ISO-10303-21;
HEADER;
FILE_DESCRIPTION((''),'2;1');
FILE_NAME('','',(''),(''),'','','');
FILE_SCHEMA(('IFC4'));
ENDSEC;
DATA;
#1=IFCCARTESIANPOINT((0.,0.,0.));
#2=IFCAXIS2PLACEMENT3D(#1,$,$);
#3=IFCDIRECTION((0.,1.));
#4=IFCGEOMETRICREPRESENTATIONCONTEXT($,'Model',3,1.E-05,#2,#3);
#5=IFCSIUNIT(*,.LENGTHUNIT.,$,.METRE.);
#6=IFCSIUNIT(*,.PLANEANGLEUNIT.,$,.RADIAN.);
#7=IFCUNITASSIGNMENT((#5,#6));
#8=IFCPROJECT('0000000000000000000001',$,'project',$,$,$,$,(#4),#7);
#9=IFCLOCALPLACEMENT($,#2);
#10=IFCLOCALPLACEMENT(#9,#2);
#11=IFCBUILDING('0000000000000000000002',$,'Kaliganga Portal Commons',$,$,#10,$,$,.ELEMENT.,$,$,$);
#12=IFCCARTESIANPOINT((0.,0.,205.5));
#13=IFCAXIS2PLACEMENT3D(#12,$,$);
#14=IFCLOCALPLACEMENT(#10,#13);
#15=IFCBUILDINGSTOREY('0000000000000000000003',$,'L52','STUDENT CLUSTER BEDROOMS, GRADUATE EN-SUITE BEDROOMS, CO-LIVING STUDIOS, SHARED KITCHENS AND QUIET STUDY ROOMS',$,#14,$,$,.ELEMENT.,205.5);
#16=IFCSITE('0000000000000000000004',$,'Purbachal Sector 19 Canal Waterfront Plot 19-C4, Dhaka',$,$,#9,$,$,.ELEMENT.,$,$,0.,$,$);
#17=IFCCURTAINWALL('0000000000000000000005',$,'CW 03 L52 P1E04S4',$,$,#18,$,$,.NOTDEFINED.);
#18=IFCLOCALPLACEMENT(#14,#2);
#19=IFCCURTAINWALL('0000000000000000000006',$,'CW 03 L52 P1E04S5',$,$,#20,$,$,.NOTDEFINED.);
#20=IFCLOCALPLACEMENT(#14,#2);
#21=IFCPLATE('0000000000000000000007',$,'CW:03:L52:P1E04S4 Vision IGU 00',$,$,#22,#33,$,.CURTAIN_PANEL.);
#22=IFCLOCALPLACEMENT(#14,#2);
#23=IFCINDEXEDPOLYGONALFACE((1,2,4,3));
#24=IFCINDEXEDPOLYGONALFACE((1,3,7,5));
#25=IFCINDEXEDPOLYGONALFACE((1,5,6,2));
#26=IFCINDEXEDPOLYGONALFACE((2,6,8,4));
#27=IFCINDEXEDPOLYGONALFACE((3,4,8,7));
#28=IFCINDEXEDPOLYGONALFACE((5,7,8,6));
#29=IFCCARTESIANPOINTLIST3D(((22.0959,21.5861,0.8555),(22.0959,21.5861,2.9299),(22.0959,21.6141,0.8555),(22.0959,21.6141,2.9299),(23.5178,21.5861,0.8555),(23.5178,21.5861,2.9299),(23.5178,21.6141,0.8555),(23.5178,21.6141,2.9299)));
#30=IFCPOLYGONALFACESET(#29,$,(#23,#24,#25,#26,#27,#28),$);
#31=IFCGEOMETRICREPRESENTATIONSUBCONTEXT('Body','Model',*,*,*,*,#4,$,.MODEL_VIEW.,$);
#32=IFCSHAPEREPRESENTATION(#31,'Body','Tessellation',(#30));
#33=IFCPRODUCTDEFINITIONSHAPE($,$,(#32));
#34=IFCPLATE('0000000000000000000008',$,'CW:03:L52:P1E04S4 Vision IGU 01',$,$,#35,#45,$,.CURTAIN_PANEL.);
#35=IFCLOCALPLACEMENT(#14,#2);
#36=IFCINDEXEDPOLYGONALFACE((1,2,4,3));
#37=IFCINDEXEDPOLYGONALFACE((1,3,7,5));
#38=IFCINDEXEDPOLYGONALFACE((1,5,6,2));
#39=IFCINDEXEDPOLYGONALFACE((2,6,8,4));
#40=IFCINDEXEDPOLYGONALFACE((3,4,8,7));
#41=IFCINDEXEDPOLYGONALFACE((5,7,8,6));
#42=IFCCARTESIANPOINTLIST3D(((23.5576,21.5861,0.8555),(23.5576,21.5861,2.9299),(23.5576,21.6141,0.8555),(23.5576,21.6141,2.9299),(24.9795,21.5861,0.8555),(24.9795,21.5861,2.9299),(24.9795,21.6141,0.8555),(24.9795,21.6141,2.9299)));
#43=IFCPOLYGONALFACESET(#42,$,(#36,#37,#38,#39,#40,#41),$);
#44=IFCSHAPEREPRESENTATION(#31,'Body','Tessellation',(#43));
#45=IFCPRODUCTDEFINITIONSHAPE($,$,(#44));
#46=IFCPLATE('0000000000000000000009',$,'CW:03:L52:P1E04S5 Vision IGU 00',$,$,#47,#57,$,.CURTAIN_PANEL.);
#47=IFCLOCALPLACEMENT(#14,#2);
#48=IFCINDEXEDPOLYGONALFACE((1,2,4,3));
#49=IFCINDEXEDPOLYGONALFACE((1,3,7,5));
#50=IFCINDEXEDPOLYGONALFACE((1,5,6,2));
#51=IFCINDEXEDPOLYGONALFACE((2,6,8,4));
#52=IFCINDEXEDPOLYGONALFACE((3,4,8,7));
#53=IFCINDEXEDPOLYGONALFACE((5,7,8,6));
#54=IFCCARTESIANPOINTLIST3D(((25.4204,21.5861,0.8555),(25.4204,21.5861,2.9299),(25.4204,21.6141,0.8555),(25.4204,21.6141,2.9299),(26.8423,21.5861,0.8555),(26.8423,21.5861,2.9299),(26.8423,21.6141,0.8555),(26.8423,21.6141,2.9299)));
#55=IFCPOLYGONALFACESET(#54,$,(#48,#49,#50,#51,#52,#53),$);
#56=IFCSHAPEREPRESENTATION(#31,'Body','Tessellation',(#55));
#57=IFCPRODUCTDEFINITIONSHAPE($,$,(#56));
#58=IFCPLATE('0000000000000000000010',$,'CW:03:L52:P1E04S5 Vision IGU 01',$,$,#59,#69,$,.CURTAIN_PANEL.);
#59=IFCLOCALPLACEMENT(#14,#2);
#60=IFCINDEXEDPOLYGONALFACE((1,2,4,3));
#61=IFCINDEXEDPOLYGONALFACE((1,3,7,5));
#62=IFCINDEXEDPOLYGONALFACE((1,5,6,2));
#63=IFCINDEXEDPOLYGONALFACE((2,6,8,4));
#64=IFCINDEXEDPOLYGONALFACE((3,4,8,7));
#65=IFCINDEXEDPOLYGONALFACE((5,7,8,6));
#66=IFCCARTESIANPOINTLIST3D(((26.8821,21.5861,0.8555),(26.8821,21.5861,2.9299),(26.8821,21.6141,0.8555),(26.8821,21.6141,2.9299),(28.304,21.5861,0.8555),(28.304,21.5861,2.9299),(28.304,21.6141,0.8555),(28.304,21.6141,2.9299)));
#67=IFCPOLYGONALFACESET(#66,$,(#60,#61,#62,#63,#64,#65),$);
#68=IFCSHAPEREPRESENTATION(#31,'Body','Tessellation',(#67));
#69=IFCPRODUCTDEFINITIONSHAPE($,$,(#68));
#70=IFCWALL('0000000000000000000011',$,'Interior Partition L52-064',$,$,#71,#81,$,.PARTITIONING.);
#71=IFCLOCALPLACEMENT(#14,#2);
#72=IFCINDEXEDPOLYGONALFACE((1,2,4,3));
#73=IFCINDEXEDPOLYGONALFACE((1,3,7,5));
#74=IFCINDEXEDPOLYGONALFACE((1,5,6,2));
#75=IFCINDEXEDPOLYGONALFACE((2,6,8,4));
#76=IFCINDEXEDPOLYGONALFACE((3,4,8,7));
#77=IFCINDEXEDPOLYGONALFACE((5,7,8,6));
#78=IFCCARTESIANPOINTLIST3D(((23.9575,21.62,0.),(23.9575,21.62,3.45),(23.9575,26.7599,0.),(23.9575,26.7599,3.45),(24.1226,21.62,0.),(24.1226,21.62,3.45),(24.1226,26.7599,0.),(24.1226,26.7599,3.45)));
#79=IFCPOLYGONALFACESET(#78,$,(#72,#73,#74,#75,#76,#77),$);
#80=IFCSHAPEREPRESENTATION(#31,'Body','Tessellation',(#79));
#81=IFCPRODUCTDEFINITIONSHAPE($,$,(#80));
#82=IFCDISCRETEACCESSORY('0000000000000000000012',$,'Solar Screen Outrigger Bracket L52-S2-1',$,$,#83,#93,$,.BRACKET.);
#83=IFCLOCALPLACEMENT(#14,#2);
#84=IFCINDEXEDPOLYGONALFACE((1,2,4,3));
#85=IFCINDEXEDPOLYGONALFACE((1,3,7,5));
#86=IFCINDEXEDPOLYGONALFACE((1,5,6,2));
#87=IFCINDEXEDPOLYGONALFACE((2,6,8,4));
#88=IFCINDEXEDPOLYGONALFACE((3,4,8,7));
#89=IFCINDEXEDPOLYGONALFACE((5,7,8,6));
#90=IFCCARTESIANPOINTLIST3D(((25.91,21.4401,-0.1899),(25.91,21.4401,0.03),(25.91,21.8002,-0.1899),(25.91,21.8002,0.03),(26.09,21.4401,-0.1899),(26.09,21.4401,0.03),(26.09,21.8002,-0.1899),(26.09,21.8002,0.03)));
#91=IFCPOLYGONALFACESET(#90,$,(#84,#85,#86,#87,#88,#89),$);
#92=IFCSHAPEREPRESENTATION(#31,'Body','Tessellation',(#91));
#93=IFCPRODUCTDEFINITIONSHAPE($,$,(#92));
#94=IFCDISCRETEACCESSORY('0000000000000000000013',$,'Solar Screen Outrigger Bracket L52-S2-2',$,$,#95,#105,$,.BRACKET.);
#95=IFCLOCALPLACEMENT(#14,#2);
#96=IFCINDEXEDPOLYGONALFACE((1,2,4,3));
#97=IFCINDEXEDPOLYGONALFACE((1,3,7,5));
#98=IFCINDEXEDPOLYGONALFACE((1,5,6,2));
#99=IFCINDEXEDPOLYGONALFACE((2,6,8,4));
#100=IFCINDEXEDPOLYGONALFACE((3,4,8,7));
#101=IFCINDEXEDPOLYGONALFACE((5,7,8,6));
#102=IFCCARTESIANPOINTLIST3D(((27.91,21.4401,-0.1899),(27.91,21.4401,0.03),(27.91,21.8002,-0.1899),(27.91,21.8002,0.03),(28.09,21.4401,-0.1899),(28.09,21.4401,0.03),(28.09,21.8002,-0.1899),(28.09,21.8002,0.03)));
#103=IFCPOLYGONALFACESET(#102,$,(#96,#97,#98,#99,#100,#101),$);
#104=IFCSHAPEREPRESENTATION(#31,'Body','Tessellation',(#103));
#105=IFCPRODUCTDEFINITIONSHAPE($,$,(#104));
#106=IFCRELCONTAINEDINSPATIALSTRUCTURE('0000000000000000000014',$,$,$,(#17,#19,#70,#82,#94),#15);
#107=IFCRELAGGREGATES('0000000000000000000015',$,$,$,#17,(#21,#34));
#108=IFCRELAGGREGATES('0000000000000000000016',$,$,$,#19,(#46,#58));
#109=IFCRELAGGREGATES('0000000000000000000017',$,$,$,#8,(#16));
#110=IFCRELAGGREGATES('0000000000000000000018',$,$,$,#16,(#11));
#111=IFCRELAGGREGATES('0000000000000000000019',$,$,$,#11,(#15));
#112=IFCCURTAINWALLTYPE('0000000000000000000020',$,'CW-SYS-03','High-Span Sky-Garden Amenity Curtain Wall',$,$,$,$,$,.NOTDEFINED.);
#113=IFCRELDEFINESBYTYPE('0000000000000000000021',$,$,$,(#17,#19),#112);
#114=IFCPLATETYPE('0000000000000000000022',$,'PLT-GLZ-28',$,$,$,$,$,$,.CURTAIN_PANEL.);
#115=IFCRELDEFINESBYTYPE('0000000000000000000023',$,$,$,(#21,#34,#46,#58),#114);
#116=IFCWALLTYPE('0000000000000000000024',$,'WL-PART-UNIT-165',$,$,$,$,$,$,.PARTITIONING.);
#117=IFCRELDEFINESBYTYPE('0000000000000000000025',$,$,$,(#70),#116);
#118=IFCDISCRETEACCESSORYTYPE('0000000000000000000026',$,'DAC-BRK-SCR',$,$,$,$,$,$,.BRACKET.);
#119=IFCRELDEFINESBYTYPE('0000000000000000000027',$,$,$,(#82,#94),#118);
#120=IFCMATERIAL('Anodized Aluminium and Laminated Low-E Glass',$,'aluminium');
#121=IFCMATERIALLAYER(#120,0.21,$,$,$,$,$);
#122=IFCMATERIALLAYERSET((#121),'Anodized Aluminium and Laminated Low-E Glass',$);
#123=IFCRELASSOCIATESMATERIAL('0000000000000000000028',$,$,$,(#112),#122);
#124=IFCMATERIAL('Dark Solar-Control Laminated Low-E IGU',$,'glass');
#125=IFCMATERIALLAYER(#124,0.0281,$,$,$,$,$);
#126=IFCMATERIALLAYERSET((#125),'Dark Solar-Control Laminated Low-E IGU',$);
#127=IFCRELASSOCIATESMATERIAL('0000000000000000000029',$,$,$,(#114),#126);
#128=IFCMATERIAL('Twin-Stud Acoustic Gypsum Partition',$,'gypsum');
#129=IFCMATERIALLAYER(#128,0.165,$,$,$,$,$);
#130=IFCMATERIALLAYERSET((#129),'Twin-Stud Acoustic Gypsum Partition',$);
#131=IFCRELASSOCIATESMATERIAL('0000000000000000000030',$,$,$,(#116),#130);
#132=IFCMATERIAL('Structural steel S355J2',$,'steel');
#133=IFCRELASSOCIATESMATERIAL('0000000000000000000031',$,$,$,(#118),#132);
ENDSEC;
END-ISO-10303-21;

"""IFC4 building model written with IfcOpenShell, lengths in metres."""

from ifc_helpers import new_model, si_unit, direction, frame, frame_2d, origin, origin_2d, place, context, subcontext, project, spatial, rectangle, extrude, source, transform, mapped, material, layer, layer_set, type_object, element, aggregate, save


model = new_model("IFC4")

# Units and contexts
model_context = context("Model", 3, precision=1e-05, world=origin(), true_north=direction((0.0, 1.0)))
body_context = subcontext(model_context, "Body", "Model", "MODEL_VIEW")
ifc_project = project(units=[si_unit("LENGTHUNIT", "METRE"), si_unit("PLANEANGLEUNIT", "RADIAN")], contexts=[model_context])

# Site, building, storey
site_placement = place(None, origin())
site = spatial("IfcSite", under=ifc_project, at=site_placement, Name="Purbachal Sector 19 Canal Waterfront Plot 19-C4, Dhaka", CompositionType="ELEMENT", RefElevation=0.0)
building_placement = place(site_placement, origin())
building = spatial("IfcBuilding", under=site, at=building_placement, Name="Kaliganga Portal Commons", CompositionType="ELEMENT")
storey_placement = place(building_placement, frame((0.0, 0.0, 205.5)))
storey = spatial("IfcBuildingStorey", under=building, at=storey_placement, Name="L52", Description="STUDENT CLUSTER BEDROOMS, GRADUATE EN-SUITE BEDROOMS, CO-LIVING STUDIOS, SHARED KITCHENS AND QUIET STUDY ROOMS", CompositionType="ELEMENT", Elevation=205.5)

# Shared definitions
ifc_material_1 = material(Name="Structural steel S355J2", Category="steel")

# Curtain walls
ifc_material_2 = material(Name="Anodized Aluminium and Laminated Low-E Glass", Category="aluminium")
ifc_layer_1 = layer(ifc_material_2, 0.21)
ifc_layer_set_1 = layer_set([ifc_layer_1], Name="Anodized Aluminium and Laminated Low-E Glass")
curtain_wall_type = type_object("IfcCurtainWallType", Name="CW-SYS-03", Description="High-Span Sky-Garden Amenity Curtain Wall", PredefinedType="NOTDEFINED", material=ifc_layer_set_1)
curtain_wall_1_placement = place(storey_placement, origin())
curtain_wall_1 = element("IfcCurtainWall", 1, at=curtain_wall_1_placement, inside=storey, type_object=curtain_wall_type, Name="CW 03 L52 P1E04S4", PredefinedType="NOTDEFINED")
curtain_wall_2_placement = place(storey_placement, origin())
curtain_wall_2 = element("IfcCurtainWall", 2, at=curtain_wall_2_placement, inside=storey, type_object=curtain_wall_type, Name="CW 03 L52 P1E04S5", PredefinedType="NOTDEFINED")

# Plates
ifc_material_3 = material(Name="Dark Solar-Control Laminated Low-E IGU", Category="glass")
ifc_layer_2 = layer(ifc_material_3, 0.0281)
ifc_layer_set_2 = layer_set([ifc_layer_2], Name="Dark Solar-Control Laminated Low-E IGU")
plate_type_1 = type_object("IfcPlateType", Name="PLT-GLZ-28", PredefinedType="CURTAIN_PANEL", material=ifc_layer_set_2)
shared_shape_1 = source(origin(), body_context, "Body", "SweptSolid", [
    extrude(rectangle(XDim=1.4219, YDim=0.0281, at=origin_2d()), origin(), (0.0, 0.0, 1.0), 2.0745),
])
plate_1_placement = place(storey_placement, frame((22.8069, 21.6001, 0.8555), z_axis=(0.0, 0.0, 1.0), x_axis=(1.0, 0.0, 0.0)))
plate_1 = element("IfcPlate", 3, at=plate_1_placement, type_object=plate_type_1, Name="CW:03:L52:P1E04S4 Vision IGU 00", PredefinedType="CURTAIN_PANEL", context=body_context, shape_type="MappedRepresentation", body=[
    mapped(shared_shape_1, transform((0.0, 0.0, 0.0), x_axis=(1.0, 0.0, 0.0), y_axis=(0.0, 1.0, 0.0), z_axis=(0.0, 0.0, 1.0), scale=1.0)),
])
plate_2_placement = place(storey_placement, frame((24.2686, 21.6001, 0.8555), z_axis=(0.0, 0.0, 1.0), x_axis=(1.0, 0.0, 0.0)))
plate_2 = element("IfcPlate", 4, at=plate_2_placement, type_object=plate_type_1, Name="CW:03:L52:P1E04S4 Vision IGU 01", PredefinedType="CURTAIN_PANEL", context=body_context, shape_type="MappedRepresentation", body=[
    mapped(shared_shape_1, transform((0.0, 0.0, 0.0), x_axis=(1.0, 0.0, 0.0), y_axis=(0.0, 1.0, 0.0), z_axis=(0.0, 0.0, 1.0), scale=1.0)),
])
aggregate(curtain_wall_1, [plate_1, plate_2])
plate_3_placement = place(storey_placement, frame((26.1313, 21.6001, 0.8555), z_axis=(0.0, 0.0, 1.0), x_axis=(1.0, 0.0, 0.0)))
plate_3 = element("IfcPlate", 5, at=plate_3_placement, type_object=plate_type_1, Name="CW:03:L52:P1E04S5 Vision IGU 00", PredefinedType="CURTAIN_PANEL", context=body_context, shape_type="MappedRepresentation", body=[
    mapped(shared_shape_1, transform((0.0, 0.0, 0.0), x_axis=(1.0, 0.0, 0.0), y_axis=(0.0, 1.0, 0.0), z_axis=(0.0, 0.0, 1.0), scale=1.0)),
])
plate_4_placement = place(storey_placement, frame((27.593, 21.6001, 0.8555), z_axis=(0.0, 0.0, 1.0), x_axis=(1.0, 0.0, 0.0)))
plate_4 = element("IfcPlate", 6, at=plate_4_placement, type_object=plate_type_1, Name="CW:03:L52:P1E04S5 Vision IGU 01", PredefinedType="CURTAIN_PANEL", context=body_context, shape_type="MappedRepresentation", body=[
    mapped(shared_shape_1, transform((0.0, 0.0, 0.0), x_axis=(1.0, 0.0, 0.0), y_axis=(0.0, 1.0, 0.0), z_axis=(0.0, 0.0, 1.0), scale=1.0)),
])
aggregate(curtain_wall_2, [plate_3, plate_4])

# Wall
ifc_material_4 = material(Name="Twin-Stud Acoustic Gypsum Partition", Category="gypsum")
ifc_layer_3 = layer(ifc_material_4, 0.165)
ifc_layer_set_3 = layer_set([ifc_layer_3], Name="Twin-Stud Acoustic Gypsum Partition")
wall_type = type_object("IfcWallType", Name="WL-PART-UNIT-165", PredefinedType="PARTITIONING", material=ifc_layer_set_3)
wall_placement = place(storey_placement, frame((24.04, 21.6201, 0.0), z_axis=(0.0, 0.0, 1.0), x_axis=(0.0, 1.0, 0.0)))
element("IfcWall", 7, at=wall_placement, inside=storey, type_object=wall_type, Name="Interior Partition L52-064", PredefinedType="PARTITIONING", context=body_context, shape_type="SweptSolid", body=[
    extrude(rectangle(XDim=5.1399, YDim=0.165, at=frame_2d((2.5698, 0.0))), origin(), (0.0, 0.0, 1.0), 3.45),
])

# Discrete accessories
discrete_accessory_type = type_object("IfcDiscreteAccessoryType", Name="DAC-BRK-SCR", PredefinedType="BRACKET", material=ifc_material_1)
shared_shape_2 = source(origin(), body_context, "Body", "SweptSolid", [
    extrude(rectangle(XDim=0.1799, YDim=0.3601, at=origin_2d()), origin(), (0.0, 0.0, 1.0), 0.22),
])
for number, where, z_axis, x_axis, name in (
    (8, (26.0, 21.6201, -0.1899), (0.0, 0.0, 1.0), (1.0, 0.0, 0.0), "Solar Screen Outrigger Bracket L52-S2-1"),
    (9, (28.0, 21.6201, -0.1899), (0.0, 0.0, 1.0), (1.0, 0.0, 0.0), "Solar Screen Outrigger Bracket L52-S2-2"),
):
    element("IfcDiscreteAccessory", number, at=place(storey_placement, frame(where, z_axis=z_axis, x_axis=x_axis)), inside=storey, type_object=discrete_accessory_type, Name=name, PredefinedType="BRACKET", context=body_context, shape_type="MappedRepresentation", body=[
        mapped(shared_shape_2, transform((0.0, 0.0, 0.0), x_axis=(1.0, 0.0, 0.0), y_axis=(0.0, 1.0, 0.0), z_axis=(0.0, 0.0, 1.0), scale=1.0)),
    ])

save(model, "model.ifc")
